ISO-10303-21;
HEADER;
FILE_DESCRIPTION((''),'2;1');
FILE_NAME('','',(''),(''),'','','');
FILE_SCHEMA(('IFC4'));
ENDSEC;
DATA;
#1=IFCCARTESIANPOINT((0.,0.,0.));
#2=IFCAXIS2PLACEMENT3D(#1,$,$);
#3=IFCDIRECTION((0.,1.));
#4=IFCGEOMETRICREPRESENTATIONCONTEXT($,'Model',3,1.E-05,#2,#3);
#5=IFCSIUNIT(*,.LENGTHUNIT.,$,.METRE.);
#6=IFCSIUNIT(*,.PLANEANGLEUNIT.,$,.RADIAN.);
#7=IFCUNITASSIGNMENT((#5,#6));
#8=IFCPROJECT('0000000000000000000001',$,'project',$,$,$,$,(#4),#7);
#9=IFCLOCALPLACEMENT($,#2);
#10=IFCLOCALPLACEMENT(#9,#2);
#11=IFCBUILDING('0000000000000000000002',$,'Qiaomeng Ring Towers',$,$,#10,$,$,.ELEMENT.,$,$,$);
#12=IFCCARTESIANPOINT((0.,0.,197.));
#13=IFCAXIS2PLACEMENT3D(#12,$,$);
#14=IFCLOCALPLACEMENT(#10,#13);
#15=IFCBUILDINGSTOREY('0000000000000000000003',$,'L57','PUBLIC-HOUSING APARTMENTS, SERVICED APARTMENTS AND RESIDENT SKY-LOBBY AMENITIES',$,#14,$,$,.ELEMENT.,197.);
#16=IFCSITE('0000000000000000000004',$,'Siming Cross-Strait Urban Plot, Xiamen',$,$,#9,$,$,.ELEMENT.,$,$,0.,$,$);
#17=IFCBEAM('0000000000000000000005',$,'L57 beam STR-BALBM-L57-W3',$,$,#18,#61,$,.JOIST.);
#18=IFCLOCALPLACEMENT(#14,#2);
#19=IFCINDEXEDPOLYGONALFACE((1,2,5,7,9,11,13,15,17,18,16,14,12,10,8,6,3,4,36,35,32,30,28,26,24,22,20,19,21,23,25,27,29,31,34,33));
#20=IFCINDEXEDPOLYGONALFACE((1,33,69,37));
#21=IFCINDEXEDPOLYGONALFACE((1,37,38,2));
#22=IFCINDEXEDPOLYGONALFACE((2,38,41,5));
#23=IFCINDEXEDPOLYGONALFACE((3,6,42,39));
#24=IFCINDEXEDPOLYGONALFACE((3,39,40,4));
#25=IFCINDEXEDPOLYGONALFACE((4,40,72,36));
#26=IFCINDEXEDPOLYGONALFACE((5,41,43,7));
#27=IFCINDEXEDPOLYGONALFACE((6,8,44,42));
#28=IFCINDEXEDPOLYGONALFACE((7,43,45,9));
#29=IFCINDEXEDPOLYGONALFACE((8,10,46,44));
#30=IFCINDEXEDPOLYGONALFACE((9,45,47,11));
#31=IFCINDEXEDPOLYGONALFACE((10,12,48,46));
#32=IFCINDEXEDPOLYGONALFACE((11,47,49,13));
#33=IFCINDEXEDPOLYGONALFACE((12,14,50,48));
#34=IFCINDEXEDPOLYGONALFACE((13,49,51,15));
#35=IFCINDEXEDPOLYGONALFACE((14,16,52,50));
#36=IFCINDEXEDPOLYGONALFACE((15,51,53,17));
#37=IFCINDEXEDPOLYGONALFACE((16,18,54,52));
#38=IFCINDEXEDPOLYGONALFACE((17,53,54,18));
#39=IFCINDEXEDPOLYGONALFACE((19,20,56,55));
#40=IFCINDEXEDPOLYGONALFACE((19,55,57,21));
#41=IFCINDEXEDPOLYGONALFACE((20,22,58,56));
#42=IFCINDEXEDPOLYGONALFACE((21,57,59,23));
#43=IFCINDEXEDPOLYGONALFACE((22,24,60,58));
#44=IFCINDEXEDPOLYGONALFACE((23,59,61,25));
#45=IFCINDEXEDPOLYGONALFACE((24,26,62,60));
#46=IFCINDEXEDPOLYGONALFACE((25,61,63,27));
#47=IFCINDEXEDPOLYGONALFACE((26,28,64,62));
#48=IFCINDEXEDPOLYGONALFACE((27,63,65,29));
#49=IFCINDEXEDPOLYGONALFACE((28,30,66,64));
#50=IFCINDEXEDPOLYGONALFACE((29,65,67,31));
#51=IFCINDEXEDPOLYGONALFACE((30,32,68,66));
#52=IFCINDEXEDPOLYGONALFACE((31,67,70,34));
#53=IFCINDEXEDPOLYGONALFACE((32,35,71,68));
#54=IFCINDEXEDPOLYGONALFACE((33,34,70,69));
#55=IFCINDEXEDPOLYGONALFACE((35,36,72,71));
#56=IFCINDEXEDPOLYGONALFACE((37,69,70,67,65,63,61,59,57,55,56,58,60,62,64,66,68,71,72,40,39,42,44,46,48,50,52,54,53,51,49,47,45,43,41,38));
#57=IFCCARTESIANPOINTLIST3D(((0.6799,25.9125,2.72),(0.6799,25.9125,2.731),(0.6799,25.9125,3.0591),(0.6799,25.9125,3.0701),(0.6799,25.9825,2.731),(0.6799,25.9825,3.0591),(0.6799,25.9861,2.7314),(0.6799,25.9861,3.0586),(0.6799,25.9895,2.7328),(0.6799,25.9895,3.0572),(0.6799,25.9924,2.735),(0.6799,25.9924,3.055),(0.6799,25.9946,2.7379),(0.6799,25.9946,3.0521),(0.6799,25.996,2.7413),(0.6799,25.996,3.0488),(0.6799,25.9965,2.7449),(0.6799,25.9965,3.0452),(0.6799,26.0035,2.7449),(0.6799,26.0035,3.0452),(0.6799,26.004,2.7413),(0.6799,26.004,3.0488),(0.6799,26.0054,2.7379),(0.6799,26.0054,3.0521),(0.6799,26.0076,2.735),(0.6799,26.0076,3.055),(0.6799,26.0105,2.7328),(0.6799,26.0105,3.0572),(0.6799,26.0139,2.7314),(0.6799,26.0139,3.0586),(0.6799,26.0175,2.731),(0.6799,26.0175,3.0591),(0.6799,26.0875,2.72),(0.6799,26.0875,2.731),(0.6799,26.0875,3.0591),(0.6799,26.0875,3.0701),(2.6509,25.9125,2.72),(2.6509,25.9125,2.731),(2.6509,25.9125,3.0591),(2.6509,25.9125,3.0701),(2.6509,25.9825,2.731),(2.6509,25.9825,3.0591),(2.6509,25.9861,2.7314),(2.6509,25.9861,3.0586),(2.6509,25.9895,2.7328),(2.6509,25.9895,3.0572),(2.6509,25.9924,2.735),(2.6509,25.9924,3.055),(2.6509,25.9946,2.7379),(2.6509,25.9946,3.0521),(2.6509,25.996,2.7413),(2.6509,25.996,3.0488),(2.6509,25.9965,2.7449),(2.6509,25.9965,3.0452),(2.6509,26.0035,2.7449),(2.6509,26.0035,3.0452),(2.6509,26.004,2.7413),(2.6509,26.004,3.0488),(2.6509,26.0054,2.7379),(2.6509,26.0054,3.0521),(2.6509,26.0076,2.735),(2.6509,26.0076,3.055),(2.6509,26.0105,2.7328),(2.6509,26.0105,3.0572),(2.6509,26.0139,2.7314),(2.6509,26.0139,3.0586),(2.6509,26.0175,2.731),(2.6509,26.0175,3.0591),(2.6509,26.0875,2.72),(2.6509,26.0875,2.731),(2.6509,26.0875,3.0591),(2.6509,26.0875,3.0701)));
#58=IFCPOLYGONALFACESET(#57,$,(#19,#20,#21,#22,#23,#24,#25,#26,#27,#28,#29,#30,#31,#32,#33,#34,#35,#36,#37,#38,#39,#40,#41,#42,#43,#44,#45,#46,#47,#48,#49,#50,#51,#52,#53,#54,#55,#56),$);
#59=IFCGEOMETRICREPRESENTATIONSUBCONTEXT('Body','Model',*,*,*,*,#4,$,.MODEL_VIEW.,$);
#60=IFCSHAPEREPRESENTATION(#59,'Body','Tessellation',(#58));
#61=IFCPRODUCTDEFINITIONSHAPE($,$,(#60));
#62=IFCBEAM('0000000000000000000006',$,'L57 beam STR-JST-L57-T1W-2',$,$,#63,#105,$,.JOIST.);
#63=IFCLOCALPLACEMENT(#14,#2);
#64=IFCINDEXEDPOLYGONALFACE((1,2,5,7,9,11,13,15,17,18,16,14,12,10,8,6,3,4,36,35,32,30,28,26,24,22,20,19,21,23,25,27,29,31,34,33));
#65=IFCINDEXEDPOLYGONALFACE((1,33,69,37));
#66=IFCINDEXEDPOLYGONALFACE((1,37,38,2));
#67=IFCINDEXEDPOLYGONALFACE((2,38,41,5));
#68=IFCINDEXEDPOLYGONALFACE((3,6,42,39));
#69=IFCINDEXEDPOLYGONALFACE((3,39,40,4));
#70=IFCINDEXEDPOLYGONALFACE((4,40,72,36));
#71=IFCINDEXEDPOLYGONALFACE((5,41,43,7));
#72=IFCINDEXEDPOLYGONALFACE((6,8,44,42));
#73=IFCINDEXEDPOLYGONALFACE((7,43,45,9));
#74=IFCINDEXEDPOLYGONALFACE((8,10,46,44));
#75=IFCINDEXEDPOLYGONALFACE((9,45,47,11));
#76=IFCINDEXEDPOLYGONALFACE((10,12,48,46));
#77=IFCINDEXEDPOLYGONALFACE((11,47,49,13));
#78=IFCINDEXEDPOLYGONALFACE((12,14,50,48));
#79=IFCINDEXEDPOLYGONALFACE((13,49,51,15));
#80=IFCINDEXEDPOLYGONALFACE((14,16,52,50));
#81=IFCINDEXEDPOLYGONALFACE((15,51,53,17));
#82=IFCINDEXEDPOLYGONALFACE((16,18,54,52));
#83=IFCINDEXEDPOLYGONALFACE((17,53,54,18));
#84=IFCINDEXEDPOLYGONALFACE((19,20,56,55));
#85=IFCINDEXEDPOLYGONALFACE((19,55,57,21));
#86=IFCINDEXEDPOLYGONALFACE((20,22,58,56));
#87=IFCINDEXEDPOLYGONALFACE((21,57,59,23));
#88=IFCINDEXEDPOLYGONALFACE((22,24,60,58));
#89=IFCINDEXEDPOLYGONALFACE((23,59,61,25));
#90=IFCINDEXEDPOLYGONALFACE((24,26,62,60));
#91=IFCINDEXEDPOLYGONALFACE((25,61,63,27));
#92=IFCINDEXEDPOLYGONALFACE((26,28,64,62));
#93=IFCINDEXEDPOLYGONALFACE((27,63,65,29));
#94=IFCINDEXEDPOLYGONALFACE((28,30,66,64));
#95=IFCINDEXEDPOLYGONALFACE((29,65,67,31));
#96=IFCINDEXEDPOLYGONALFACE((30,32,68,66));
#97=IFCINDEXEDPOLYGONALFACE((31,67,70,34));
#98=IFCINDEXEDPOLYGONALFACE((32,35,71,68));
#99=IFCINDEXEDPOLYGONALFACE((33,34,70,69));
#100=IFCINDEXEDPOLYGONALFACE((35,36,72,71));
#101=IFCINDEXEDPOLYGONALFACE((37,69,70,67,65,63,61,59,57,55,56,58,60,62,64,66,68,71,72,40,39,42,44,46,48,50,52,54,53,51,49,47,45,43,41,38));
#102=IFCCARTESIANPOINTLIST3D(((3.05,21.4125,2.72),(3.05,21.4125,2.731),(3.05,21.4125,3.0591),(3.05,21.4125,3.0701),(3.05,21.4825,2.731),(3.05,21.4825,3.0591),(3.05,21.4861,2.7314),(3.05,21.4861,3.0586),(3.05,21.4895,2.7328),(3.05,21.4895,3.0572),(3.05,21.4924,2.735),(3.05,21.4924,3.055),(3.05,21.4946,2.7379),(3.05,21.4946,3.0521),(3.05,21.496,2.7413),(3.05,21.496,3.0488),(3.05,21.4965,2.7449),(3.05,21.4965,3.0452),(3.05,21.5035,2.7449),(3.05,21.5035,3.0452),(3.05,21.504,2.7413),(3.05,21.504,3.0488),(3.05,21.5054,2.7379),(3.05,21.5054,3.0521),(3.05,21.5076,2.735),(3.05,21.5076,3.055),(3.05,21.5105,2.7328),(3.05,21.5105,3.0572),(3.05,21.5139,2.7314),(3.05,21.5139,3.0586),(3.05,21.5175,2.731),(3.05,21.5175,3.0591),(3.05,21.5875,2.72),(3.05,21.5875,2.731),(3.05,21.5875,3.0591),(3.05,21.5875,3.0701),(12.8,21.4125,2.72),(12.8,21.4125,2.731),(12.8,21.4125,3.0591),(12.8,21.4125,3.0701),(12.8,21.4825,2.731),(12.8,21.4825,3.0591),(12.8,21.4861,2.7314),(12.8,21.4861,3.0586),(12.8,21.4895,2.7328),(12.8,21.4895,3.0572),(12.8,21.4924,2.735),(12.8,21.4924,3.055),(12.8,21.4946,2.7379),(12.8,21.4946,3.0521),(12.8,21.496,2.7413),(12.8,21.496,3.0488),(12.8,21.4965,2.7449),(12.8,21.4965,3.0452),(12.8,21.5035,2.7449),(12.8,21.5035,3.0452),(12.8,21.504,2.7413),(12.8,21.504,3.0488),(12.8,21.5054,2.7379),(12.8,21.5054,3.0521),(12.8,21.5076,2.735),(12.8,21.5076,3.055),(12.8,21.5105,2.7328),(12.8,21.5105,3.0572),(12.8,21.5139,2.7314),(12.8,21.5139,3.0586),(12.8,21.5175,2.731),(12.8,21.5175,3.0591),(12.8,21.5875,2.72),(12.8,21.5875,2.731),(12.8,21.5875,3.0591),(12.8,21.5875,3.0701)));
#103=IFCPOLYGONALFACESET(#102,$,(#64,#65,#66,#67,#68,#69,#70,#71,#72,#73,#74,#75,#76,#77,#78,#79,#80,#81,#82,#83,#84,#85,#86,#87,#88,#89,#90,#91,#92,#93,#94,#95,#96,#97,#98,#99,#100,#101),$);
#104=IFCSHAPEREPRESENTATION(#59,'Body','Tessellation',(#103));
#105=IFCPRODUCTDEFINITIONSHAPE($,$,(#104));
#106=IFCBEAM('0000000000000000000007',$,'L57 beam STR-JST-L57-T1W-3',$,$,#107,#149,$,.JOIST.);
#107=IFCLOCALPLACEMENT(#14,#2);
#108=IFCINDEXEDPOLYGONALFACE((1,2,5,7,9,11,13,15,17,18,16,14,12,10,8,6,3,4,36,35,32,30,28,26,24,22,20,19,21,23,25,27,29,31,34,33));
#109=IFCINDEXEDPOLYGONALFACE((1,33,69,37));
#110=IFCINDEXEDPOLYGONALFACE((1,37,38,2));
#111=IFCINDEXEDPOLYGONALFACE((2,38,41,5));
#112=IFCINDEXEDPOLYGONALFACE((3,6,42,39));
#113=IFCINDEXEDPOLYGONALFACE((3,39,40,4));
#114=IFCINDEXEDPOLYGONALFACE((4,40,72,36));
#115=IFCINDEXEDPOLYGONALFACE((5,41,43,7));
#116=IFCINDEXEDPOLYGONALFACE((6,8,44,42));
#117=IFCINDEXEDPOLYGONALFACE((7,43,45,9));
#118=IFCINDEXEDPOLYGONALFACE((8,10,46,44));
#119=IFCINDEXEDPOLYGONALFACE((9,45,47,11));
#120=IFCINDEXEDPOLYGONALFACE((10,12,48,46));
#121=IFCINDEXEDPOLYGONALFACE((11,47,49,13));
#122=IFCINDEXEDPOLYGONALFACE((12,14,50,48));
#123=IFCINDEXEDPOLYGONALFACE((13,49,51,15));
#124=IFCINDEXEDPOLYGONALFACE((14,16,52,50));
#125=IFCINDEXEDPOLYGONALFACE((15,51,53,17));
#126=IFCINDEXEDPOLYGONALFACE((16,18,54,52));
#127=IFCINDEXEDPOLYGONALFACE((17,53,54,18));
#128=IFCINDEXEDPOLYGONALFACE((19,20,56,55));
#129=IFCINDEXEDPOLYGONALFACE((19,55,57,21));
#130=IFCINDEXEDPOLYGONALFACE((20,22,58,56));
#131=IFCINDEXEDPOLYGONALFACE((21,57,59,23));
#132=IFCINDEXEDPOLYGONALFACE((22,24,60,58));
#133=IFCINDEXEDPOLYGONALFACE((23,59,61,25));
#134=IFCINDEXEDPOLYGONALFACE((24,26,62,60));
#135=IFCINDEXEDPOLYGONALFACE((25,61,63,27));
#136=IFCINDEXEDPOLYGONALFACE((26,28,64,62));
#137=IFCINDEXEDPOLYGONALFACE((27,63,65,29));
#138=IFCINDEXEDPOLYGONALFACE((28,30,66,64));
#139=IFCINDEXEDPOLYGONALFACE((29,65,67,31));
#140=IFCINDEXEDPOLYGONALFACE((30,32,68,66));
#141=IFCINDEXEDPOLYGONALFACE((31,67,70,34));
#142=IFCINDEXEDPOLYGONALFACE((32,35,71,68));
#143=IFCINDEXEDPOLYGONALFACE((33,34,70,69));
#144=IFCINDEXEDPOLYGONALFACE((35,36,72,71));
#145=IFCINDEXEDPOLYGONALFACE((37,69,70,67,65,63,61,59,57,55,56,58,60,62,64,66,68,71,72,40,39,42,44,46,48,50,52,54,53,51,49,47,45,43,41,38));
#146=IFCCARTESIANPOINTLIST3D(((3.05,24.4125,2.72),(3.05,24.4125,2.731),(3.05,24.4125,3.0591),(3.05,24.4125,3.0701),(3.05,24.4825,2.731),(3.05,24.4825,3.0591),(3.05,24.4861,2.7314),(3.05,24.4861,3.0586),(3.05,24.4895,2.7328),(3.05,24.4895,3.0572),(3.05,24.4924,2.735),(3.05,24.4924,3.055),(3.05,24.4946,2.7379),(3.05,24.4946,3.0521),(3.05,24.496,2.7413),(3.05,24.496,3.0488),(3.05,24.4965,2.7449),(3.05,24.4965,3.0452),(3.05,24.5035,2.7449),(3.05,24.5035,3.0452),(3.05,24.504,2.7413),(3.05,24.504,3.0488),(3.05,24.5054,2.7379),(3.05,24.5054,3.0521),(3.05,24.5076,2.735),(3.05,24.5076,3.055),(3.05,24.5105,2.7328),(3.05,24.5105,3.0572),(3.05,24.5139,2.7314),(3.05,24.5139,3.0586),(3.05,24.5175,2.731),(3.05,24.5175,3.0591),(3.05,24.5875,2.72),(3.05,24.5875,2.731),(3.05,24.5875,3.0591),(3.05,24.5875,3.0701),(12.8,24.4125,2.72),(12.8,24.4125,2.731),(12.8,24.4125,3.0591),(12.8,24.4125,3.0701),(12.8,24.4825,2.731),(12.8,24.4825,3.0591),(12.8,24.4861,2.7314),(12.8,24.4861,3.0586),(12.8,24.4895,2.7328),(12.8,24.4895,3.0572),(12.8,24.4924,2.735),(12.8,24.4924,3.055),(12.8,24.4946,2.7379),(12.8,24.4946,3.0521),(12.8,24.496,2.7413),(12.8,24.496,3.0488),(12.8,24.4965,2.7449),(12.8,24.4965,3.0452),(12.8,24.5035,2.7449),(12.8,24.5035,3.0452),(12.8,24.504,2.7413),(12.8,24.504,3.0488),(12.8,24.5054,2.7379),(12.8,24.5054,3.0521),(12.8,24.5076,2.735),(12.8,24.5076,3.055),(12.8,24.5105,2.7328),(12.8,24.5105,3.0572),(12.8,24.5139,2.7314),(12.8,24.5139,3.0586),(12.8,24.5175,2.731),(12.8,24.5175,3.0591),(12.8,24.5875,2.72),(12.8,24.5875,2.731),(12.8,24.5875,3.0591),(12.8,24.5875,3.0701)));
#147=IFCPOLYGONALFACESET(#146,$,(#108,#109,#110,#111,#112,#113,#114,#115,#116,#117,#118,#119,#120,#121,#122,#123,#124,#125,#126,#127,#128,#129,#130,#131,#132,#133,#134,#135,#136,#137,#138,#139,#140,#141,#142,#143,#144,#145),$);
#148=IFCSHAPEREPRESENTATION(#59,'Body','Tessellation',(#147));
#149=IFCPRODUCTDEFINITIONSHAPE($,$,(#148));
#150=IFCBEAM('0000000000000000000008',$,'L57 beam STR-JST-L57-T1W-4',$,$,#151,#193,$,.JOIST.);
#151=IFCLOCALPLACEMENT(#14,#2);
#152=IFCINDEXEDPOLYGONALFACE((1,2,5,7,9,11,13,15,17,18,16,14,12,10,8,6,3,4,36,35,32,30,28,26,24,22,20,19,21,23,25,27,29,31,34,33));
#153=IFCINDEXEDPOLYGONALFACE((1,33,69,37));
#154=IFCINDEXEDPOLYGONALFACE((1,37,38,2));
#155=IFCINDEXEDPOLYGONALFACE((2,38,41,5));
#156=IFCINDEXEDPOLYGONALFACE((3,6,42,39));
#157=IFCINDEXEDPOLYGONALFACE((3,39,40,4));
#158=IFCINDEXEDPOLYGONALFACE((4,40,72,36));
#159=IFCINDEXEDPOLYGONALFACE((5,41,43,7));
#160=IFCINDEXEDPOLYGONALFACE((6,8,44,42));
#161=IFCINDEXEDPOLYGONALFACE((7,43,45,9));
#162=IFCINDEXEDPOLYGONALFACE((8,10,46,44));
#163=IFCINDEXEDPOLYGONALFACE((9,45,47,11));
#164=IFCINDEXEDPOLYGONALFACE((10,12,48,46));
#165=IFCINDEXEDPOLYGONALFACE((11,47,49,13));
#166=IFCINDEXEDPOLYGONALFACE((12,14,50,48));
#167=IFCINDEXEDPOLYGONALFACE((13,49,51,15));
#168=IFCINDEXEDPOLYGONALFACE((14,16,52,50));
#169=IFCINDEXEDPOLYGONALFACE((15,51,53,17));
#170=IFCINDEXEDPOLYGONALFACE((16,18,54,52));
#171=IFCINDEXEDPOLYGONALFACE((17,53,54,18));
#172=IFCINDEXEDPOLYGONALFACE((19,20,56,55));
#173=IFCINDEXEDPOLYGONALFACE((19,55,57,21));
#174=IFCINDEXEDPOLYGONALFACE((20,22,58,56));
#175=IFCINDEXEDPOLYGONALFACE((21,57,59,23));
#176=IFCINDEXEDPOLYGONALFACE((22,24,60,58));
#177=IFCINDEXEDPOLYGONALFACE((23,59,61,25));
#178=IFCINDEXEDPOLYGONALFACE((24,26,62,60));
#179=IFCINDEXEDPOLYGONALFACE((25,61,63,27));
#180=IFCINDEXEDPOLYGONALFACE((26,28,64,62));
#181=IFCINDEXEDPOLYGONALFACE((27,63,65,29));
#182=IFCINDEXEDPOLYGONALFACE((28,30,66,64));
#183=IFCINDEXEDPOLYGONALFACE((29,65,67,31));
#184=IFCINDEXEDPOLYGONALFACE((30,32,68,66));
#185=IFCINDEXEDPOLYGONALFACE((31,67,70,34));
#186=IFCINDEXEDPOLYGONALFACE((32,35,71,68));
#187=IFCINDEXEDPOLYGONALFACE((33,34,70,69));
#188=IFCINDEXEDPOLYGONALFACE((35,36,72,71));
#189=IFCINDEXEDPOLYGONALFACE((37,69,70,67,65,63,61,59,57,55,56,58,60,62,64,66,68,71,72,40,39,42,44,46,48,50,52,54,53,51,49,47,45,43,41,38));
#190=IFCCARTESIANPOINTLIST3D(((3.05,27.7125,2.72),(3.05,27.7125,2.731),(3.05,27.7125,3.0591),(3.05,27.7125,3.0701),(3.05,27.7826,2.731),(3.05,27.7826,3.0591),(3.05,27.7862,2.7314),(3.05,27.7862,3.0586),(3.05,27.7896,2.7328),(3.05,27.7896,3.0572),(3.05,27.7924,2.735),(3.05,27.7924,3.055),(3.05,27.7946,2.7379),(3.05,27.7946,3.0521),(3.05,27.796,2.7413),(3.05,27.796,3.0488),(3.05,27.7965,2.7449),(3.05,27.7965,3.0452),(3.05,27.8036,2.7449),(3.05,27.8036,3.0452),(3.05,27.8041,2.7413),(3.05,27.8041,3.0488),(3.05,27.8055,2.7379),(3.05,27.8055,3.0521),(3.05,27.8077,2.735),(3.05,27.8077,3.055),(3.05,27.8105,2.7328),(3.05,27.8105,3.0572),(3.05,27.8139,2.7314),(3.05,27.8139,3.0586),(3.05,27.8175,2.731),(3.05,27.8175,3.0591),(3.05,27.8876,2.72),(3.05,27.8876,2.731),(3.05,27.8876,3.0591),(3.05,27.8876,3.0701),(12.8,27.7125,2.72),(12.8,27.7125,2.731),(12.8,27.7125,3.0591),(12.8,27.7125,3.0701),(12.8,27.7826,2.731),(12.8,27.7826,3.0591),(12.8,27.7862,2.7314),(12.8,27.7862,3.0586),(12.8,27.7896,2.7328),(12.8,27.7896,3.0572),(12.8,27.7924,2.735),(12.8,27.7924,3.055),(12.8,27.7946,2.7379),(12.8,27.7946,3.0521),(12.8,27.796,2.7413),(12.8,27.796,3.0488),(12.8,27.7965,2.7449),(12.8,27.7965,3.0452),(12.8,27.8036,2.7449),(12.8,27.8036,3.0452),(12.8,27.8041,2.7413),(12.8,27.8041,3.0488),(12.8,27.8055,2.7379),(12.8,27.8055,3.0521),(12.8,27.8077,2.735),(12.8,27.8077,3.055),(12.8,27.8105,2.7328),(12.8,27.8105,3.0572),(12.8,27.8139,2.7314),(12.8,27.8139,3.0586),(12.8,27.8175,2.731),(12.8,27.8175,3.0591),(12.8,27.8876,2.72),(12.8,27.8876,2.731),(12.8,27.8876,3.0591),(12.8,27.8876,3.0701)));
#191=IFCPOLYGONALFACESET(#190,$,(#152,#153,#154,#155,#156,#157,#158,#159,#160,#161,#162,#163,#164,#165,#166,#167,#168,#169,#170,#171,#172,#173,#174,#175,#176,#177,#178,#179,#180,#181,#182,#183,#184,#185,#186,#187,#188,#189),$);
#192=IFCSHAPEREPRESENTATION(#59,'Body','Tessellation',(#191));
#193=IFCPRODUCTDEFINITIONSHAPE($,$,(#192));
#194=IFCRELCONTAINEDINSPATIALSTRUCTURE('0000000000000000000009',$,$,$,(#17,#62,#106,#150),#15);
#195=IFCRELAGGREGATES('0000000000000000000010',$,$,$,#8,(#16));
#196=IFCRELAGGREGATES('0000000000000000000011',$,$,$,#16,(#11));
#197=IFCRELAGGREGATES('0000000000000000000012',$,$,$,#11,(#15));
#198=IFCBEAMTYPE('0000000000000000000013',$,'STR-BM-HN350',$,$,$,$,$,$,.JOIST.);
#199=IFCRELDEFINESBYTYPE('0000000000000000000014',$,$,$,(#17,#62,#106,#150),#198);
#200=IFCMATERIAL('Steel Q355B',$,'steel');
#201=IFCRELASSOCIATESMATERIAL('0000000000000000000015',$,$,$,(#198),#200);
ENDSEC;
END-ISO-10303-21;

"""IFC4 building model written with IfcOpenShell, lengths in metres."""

from ifc_helpers import new_model, si_unit, direction, frame, origin, origin_2d, place, context, subcontext, project, spatial, i_section, extrude, source, transform, mapped, material, material_profile, profile_set, type_object, element, save


model = new_model("IFC4")

# Units and contexts
model_context = context("Model", 3, precision=1e-05, world=origin(), true_north=direction((0.0, 1.0)))
body_context = subcontext(model_context, "Body", "Model", "MODEL_VIEW")
ifc_project = project(units=[si_unit("LENGTHUNIT", "METRE"), si_unit("PLANEANGLEUNIT", "RADIAN")], contexts=[model_context])

# Site, building, storey
site_placement = place(None, origin())
site = spatial("IfcSite", under=ifc_project, at=site_placement, Name="Siming Cross-Strait Urban Plot, Xiamen", CompositionType="ELEMENT", RefElevation=0.0)
building_placement = place(site_placement, origin())
building = spatial("IfcBuilding", under=site, at=building_placement, Name="Qiaomeng Ring Towers", CompositionType="ELEMENT")
storey_placement = place(building_placement, frame((0.0, 0.0, 197.0)))
storey = spatial("IfcBuildingStorey", under=building, at=storey_placement, Name="L57", Description="PUBLIC-HOUSING APARTMENTS, SERVICED APARTMENTS AND RESIDENT SKY-LOBBY AMENITIES", CompositionType="ELEMENT", Elevation=197.0)

# Beams
ifc_material_1 = material(Name="Steel Q355B", Category="steel")
ifc_material_profile_1 = material_profile(ifc_material_1, i_section(OverallWidth=0.175, OverallDepth=0.3501, WebThickness=0.0071, FlangeThickness=0.011, FilletRadius=0.0139, at=origin_2d()), Name="HN 350x175x7x11")
ifc_profile_set_1 = profile_set([ifc_material_profile_1], Name="Steel Q355B")
beam_type_1 = type_object("IfcBeamType", Name="STR-BM-HN350", PredefinedType="JOIST", material=ifc_profile_set_1)
shared_shape_1 = source(origin(), body_context, "Body", "SweptSolid", [
    extrude(i_section(OverallWidth=0.175, OverallDepth=0.3501, WebThickness=0.0071, FlangeThickness=0.011, FilletRadius=0.0139, at=origin_2d()), origin(), (0.0, 0.0, 1.0), 1.9709),
])
for number, where, z_axis, x_axis, name in (
    (1, (0.6799, 26.0, 2.895), (1.0, 0.0, 0.0), (0.0, 1.0, 0.0), "L57 beam STR-BALBM-L57-W3"),
):
    element("IfcBeam", number, at=place(storey_placement, frame(where, z_axis=z_axis, x_axis=x_axis)), inside=storey, type_object=beam_type_1, Name=name, PredefinedType="JOIST", context=body_context, shape_type="MappedRepresentation", body=[
        mapped(shared_shape_1, transform((0.0, 0.0, 0.0), x_axis=(1.0, 0.0, 0.0), y_axis=(0.0, 1.0, 0.0), z_axis=(0.0, 0.0, 1.0), scale=1.0)),
    ])
shared_shape_2 = source(origin(), body_context, "Body", "SweptSolid", [
    extrude(i_section(OverallWidth=0.175, OverallDepth=0.3501, WebThickness=0.0071, FlangeThickness=0.011, FilletRadius=0.0139, at=origin_2d()), origin(), (0.0, 0.0, 1.0), 9.75),
])
for number, where, z_axis, x_axis, name in (
    (2, (3.05, 21.5, 2.895), (1.0, 0.0, 0.0), (0.0, 1.0, 0.0), "L57 beam STR-JST-L57-T1W-2"),
    (3, (3.05, 24.5, 2.895), (1.0, 0.0, 0.0), (0.0, 1.0, 0.0), "L57 beam STR-JST-L57-T1W-3"),
    (4, (3.05, 27.8, 2.895), (1.0, 0.0, 0.0), (0.0, 1.0, 0.0), "L57 beam STR-JST-L57-T1W-4"),
):
    element("IfcBeam", number, at=place(storey_placement, frame(where, z_axis=z_axis, x_axis=x_axis)), inside=storey, type_object=beam_type_1, Name=name, PredefinedType="JOIST", context=body_context, shape_type="MappedRepresentation", body=[
        mapped(shared_shape_2, transform((0.0, 0.0, 0.0), x_axis=(1.0, 0.0, 0.0), y_axis=(0.0, 1.0, 0.0), z_axis=(0.0, 0.0, 1.0), scale=1.0)),
    ])

save(model, "model.ifc")
